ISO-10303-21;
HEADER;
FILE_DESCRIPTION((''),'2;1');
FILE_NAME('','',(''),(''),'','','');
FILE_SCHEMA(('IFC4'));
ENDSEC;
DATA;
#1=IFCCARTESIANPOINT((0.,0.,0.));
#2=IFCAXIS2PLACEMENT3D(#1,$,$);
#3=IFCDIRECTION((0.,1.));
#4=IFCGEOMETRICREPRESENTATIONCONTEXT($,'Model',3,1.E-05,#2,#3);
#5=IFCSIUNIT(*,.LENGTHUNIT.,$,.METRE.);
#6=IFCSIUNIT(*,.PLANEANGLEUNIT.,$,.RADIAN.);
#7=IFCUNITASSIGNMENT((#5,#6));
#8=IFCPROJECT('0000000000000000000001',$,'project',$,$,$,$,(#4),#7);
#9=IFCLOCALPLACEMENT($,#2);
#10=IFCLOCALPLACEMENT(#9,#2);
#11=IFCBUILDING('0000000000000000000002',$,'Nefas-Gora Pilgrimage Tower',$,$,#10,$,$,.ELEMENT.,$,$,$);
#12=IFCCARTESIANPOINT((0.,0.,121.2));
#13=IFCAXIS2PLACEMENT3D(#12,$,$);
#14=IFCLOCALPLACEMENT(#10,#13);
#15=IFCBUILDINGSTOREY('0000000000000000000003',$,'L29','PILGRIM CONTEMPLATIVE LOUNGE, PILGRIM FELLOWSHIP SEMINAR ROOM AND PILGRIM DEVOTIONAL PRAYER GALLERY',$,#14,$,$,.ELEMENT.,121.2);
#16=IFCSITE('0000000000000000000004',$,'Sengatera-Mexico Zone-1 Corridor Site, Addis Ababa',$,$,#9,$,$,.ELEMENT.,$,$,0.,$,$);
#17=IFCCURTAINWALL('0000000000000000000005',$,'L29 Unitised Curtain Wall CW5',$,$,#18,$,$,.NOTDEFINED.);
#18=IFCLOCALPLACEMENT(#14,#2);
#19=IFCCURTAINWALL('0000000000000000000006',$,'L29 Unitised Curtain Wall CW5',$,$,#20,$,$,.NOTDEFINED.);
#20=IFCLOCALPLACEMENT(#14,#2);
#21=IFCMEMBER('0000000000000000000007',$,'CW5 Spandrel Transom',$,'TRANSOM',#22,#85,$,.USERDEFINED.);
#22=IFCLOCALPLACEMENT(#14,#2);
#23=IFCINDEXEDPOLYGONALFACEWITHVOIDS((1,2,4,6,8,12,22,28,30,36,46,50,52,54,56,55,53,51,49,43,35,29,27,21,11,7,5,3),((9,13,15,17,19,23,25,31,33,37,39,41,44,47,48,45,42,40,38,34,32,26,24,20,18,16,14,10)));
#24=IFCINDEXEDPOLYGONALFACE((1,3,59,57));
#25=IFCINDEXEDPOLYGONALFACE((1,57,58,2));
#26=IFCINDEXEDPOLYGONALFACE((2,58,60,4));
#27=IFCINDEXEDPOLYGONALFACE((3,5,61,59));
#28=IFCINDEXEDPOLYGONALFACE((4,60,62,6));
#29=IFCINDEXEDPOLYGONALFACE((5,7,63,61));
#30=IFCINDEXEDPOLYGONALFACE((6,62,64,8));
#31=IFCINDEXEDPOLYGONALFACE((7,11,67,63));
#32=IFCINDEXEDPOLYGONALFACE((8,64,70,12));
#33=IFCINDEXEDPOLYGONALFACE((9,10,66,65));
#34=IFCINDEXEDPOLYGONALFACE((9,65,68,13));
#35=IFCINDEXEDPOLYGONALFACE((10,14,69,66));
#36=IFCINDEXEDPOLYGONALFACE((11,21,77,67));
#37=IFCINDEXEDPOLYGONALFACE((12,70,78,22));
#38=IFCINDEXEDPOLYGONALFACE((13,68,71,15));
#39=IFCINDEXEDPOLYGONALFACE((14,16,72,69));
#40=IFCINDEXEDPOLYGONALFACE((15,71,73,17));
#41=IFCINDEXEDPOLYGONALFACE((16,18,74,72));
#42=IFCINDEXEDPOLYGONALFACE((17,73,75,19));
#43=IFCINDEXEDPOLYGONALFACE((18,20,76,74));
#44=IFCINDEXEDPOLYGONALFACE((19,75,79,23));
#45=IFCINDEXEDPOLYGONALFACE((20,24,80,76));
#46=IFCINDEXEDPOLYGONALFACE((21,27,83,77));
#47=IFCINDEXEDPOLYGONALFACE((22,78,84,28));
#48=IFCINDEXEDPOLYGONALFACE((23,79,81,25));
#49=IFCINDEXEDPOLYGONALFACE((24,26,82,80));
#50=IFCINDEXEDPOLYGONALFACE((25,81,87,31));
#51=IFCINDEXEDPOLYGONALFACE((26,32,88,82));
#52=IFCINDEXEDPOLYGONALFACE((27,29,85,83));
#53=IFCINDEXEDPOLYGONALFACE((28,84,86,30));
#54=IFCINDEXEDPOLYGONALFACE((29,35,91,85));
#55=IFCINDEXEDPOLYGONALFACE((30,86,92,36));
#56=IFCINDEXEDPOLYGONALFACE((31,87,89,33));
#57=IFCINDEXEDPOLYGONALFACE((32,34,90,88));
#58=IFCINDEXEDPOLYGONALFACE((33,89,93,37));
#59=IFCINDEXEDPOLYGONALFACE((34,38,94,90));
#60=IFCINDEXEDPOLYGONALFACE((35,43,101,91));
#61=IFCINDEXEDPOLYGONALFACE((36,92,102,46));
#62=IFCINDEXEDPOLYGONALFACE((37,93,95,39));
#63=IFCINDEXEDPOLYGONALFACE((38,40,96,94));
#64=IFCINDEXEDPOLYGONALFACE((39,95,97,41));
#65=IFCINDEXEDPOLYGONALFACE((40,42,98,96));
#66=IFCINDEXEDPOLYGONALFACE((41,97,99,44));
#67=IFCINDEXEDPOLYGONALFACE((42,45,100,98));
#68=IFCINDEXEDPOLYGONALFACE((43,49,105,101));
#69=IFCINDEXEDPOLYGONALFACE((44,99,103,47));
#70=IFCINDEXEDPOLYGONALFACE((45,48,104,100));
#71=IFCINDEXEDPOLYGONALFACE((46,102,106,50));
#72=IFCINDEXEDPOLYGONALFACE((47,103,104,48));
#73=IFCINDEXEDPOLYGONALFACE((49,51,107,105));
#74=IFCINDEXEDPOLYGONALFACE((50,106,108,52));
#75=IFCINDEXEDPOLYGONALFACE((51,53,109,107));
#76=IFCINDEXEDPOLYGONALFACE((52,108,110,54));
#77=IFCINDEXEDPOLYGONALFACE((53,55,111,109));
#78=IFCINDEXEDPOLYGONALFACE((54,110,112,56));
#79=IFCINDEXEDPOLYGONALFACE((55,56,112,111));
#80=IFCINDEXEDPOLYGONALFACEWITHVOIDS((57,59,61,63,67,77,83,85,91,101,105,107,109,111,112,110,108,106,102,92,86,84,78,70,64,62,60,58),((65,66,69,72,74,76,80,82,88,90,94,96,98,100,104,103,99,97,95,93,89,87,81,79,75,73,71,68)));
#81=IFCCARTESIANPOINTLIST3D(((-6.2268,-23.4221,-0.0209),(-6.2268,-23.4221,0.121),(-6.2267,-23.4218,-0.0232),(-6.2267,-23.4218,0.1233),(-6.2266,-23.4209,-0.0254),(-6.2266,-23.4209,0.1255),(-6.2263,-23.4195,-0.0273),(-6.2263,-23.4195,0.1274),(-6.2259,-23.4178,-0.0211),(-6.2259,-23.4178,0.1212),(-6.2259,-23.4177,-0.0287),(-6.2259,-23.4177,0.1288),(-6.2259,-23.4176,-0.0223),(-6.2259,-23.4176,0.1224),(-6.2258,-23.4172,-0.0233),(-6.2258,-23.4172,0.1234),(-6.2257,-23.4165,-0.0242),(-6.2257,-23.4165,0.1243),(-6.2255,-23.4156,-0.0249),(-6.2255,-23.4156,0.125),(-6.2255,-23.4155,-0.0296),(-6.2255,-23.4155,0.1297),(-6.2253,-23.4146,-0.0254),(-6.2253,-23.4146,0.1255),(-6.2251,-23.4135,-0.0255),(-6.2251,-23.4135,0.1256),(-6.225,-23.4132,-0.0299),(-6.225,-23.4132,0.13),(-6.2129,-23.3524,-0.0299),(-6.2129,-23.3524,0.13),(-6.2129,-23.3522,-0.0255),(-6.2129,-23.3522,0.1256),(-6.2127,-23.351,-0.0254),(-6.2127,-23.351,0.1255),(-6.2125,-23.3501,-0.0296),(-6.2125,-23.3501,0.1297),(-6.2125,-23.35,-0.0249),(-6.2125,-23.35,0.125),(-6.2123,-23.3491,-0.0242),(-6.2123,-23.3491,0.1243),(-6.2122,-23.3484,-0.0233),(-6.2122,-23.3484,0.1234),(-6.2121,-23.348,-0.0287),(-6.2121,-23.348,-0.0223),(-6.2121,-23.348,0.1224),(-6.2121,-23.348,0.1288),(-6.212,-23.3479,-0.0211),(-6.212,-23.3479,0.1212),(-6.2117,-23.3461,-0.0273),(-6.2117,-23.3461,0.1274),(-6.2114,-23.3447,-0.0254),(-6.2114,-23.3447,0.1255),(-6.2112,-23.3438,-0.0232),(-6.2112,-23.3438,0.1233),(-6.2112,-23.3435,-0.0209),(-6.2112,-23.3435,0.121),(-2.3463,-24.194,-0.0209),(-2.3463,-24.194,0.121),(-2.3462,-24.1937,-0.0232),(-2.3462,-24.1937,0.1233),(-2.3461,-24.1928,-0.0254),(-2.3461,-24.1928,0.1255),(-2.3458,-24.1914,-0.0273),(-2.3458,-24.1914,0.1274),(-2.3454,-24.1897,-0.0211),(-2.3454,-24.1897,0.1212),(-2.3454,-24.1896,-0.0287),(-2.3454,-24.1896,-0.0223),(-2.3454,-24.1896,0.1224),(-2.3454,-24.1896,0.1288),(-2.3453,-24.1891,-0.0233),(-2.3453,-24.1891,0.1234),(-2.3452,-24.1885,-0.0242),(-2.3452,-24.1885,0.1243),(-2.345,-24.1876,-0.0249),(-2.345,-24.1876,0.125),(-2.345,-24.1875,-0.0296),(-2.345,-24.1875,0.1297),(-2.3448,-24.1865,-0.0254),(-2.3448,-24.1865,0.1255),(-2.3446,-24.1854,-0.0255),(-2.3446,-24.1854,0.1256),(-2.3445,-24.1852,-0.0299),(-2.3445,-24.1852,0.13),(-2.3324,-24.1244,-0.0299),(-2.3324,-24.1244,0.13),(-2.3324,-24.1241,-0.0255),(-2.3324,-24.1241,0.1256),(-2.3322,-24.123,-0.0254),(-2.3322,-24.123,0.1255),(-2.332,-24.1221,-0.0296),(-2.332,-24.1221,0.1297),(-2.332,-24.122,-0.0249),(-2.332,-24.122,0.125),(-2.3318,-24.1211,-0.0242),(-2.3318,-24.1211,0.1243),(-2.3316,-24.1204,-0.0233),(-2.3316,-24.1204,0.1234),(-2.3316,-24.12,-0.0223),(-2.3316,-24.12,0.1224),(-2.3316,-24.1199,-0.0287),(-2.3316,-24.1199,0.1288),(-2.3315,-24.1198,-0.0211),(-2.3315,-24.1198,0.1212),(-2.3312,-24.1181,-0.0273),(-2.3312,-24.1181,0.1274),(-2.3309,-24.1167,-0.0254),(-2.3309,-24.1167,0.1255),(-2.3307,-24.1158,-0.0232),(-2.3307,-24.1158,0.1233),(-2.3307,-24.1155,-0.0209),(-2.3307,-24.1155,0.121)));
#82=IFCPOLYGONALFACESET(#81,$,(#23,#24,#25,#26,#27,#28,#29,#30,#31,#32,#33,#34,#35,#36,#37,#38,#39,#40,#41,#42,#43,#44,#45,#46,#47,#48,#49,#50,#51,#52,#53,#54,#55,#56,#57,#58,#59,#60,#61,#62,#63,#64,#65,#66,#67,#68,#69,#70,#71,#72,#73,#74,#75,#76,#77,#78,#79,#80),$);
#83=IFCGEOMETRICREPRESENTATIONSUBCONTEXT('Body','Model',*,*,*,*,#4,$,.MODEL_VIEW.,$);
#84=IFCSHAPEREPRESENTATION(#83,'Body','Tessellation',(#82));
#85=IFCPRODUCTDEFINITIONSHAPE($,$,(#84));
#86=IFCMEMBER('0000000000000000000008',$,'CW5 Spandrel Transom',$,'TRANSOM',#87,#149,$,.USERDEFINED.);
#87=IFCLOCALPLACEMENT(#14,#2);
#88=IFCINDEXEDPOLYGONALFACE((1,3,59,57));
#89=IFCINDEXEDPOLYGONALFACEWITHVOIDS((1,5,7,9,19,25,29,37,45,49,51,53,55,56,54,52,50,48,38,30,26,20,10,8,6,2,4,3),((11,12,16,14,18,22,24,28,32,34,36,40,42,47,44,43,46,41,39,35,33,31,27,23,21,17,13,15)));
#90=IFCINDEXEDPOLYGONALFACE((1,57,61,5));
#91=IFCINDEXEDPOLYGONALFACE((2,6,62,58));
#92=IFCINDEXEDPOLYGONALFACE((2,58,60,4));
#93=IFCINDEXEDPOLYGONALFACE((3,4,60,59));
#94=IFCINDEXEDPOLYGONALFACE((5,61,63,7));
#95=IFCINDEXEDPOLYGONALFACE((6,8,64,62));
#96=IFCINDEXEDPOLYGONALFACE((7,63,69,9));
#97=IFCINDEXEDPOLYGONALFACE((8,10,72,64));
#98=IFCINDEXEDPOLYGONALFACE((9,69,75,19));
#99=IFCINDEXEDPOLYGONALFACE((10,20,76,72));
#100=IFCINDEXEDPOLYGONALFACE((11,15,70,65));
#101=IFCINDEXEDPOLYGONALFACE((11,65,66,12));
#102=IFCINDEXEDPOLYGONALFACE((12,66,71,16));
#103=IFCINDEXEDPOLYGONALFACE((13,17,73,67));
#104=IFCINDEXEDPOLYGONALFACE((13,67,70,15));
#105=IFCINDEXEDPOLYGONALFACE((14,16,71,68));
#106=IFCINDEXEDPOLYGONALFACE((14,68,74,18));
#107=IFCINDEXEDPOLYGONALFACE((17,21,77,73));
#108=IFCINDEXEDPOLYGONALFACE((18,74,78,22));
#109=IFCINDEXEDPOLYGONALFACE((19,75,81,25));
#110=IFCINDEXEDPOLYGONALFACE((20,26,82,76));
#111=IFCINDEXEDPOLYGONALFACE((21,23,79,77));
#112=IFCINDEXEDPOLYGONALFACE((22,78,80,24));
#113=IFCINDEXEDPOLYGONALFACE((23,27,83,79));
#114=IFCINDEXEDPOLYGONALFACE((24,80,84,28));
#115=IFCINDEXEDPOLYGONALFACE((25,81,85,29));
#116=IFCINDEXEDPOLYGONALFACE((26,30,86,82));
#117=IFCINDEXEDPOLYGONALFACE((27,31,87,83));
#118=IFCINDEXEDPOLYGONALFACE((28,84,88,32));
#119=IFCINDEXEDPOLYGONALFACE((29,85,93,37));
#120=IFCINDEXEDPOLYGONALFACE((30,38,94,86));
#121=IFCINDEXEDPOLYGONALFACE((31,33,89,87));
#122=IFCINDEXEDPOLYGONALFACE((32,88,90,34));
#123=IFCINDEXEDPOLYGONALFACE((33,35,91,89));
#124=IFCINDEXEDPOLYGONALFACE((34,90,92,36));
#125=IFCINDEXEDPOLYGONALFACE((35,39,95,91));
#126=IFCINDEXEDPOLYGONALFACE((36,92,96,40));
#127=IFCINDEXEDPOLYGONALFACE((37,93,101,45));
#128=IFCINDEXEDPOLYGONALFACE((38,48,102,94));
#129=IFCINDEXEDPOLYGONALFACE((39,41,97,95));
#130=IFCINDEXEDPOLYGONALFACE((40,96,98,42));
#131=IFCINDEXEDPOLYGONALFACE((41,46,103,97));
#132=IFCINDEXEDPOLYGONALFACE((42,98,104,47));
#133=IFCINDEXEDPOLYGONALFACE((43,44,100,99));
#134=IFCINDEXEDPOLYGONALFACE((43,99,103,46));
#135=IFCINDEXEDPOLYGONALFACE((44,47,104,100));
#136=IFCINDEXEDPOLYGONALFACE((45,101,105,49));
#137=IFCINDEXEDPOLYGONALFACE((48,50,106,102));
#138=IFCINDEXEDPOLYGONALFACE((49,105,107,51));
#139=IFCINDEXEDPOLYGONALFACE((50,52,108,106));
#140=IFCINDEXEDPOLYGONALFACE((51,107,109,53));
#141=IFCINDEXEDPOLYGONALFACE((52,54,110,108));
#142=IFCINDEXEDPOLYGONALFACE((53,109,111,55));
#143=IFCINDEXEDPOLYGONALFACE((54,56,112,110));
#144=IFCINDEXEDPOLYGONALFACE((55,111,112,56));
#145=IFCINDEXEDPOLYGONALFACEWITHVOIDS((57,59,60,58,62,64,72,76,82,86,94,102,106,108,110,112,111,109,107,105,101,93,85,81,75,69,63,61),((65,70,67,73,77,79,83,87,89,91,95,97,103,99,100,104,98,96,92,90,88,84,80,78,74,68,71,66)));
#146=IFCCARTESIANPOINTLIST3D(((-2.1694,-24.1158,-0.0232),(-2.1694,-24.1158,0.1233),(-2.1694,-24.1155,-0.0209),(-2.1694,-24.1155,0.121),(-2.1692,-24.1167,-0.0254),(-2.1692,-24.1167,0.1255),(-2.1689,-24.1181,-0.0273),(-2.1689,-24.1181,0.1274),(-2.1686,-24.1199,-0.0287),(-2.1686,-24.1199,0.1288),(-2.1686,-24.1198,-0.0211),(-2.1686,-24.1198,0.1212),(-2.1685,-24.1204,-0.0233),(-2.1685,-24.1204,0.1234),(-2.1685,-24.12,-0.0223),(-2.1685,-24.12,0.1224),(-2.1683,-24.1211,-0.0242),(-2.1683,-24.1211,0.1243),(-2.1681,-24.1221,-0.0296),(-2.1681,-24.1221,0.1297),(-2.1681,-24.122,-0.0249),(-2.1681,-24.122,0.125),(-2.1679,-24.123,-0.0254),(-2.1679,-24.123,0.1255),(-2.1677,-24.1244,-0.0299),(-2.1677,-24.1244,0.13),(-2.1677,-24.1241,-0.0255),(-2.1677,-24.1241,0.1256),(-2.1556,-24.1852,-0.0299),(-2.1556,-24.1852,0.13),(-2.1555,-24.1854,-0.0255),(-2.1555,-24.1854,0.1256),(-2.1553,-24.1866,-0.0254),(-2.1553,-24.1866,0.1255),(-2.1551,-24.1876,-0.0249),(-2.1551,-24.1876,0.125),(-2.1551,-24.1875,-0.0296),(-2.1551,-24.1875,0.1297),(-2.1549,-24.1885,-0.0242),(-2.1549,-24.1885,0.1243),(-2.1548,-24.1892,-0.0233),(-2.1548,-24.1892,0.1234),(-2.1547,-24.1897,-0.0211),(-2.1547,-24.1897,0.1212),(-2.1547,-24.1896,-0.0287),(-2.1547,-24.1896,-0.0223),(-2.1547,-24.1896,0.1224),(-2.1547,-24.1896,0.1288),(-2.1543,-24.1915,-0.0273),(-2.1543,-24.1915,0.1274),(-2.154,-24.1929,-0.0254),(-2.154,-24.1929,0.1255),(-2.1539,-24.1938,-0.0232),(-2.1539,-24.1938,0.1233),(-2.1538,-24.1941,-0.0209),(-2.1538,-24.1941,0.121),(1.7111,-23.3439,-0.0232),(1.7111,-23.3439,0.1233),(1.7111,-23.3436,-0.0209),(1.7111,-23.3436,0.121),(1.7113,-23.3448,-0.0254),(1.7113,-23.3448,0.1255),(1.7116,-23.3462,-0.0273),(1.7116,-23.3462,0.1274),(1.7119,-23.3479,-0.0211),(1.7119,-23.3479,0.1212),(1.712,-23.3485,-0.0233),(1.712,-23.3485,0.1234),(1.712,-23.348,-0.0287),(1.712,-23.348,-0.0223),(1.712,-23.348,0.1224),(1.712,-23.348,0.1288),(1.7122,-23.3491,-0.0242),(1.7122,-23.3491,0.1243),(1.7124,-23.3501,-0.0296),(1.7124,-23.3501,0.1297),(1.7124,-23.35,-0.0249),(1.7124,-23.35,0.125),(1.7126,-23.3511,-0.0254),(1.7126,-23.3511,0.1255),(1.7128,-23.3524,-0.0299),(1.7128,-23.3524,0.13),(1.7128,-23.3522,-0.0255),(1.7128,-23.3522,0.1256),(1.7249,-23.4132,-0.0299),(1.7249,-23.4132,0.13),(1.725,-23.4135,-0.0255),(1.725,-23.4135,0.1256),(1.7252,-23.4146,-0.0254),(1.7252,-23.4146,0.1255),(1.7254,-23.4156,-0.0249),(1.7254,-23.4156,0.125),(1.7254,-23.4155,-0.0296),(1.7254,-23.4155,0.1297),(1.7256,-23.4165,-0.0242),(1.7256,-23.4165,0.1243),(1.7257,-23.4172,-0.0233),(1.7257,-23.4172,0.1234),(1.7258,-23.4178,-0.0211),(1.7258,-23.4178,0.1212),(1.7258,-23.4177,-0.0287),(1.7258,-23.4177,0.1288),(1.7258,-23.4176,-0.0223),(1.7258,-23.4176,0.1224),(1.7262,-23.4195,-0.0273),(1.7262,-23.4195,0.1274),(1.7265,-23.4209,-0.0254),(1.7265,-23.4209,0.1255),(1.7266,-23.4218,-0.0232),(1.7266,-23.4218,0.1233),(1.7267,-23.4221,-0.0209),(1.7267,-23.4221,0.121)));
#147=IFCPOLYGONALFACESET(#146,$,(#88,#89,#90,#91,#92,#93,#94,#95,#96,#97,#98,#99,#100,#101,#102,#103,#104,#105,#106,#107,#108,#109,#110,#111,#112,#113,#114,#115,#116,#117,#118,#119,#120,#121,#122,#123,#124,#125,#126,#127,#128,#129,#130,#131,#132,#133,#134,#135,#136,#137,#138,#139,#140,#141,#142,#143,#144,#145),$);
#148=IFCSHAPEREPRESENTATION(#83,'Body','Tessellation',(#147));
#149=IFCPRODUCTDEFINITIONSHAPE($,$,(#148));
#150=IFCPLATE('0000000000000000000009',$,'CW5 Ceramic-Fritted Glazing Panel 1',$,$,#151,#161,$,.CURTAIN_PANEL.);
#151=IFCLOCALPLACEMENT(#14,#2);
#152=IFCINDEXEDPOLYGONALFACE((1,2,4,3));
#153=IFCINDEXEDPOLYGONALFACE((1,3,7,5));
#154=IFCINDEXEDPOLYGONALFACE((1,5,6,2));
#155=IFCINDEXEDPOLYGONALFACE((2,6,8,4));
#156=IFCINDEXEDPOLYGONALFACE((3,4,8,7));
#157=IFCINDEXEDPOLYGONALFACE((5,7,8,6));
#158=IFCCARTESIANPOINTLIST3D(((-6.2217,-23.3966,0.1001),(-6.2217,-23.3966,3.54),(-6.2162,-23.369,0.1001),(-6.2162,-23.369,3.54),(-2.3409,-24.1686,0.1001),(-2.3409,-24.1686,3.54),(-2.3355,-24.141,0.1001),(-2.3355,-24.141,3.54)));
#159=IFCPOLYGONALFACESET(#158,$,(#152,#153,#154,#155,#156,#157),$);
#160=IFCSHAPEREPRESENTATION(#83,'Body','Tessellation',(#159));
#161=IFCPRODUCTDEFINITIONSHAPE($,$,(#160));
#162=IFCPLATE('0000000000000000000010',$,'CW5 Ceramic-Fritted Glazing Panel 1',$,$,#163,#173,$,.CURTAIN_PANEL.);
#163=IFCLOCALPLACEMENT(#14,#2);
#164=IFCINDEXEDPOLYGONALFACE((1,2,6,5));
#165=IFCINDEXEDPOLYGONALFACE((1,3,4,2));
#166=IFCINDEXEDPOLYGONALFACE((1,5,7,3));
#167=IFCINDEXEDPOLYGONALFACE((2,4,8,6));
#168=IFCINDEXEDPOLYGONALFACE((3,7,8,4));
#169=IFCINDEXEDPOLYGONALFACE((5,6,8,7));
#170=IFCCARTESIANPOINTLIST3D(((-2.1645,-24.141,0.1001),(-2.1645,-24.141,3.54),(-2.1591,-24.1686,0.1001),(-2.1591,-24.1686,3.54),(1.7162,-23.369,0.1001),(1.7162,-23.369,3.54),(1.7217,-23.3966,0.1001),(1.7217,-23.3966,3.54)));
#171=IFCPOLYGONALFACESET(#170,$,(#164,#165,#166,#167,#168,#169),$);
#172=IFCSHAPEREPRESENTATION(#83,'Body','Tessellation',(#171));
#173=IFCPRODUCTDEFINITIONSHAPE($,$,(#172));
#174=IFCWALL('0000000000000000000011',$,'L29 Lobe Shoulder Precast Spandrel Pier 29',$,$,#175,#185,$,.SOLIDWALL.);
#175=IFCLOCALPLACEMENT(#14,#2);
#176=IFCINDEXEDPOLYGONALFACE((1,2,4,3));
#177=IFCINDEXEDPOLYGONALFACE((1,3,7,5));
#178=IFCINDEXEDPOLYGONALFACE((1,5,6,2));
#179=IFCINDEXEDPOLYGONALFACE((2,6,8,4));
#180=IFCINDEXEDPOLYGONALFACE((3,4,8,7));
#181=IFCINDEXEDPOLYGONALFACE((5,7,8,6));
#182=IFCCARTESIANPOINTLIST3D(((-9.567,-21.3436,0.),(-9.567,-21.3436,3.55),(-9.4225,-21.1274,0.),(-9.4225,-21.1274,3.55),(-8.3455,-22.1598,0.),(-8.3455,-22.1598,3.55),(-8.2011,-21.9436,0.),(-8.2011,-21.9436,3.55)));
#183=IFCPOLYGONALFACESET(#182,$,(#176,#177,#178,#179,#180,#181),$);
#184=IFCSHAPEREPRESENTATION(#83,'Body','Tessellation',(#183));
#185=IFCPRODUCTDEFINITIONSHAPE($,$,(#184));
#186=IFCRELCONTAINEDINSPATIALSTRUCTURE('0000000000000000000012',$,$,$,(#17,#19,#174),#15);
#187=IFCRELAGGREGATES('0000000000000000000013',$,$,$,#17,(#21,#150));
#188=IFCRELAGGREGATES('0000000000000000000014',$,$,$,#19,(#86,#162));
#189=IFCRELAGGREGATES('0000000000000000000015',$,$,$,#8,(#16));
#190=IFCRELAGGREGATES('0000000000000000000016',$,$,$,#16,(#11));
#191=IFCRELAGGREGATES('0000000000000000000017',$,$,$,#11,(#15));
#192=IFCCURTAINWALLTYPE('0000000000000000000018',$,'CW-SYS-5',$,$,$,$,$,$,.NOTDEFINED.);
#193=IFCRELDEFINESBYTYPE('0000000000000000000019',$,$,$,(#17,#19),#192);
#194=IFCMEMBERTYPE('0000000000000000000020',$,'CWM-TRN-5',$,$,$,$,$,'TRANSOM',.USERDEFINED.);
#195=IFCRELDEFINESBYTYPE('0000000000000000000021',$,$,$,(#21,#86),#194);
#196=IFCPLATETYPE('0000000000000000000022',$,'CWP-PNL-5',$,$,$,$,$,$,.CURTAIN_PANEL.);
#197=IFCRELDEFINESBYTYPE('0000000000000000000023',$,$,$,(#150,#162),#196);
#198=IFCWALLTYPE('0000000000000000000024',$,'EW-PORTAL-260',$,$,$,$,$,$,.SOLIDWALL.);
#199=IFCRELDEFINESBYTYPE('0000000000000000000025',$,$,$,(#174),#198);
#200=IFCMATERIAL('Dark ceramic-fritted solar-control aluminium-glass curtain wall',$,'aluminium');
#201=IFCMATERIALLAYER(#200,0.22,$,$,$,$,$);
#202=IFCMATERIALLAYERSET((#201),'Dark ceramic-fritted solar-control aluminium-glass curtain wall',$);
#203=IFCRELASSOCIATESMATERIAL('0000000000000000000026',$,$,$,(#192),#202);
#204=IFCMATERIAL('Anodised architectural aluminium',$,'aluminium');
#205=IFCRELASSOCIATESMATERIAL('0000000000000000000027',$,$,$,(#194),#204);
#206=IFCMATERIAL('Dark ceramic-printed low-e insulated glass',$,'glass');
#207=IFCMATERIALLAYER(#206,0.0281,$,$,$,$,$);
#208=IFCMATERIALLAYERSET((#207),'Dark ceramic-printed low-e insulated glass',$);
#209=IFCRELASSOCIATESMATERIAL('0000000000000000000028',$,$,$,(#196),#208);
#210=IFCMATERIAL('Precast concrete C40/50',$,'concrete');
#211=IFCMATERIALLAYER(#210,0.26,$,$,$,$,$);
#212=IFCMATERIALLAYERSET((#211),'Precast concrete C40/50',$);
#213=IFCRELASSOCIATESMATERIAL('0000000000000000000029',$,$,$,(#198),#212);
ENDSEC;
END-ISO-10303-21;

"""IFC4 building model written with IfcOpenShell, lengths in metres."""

from ifc_helpers import new_model, si_unit, direction, frame, frame_2d, origin, origin_2d, place, context, subcontext, project, spatial, rectangle, hollow_rectangle, extrude, source, transform, mapped, material, layer, layer_set, material_profile, profile_set, type_object, element, aggregate, save


model = new_model("IFC4")

# Units and contexts
model_context = context("Model", 3, precision=1e-05, world=origin(), true_north=direction((0.0, 1.0)))
body_context = subcontext(model_context, "Body", "Model", "MODEL_VIEW")
ifc_project = project(units=[si_unit("LENGTHUNIT", "METRE"), si_unit("PLANEANGLEUNIT", "RADIAN")], contexts=[model_context])

# Site, building, storey
site_placement = place(None, origin())
site = spatial("IfcSite", under=ifc_project, at=site_placement, Name="Sengatera-Mexico Zone-1 Corridor Site, Addis Ababa", CompositionType="ELEMENT", RefElevation=0.0)
building_placement = place(site_placement, origin())
building = spatial("IfcBuilding", under=site, at=building_placement, Name="Nefas-Gora Pilgrimage Tower", CompositionType="ELEMENT")
storey_placement = place(building_placement, frame((0.0, 0.0, 121.2)))
storey = spatial("IfcBuildingStorey", under=building, at=storey_placement, Name="L29", Description="PILGRIM CONTEMPLATIVE LOUNGE, PILGRIM FELLOWSHIP SEMINAR ROOM AND PILGRIM DEVOTIONAL PRAYER GALLERY", CompositionType="ELEMENT", Elevation=121.2)

# Shared definitions
ifc_material_1 = material(Name="Dark ceramic-fritted solar-control aluminium-glass curtain wall", Category="aluminium")
ifc_layer_1 = layer(ifc_material_1, 0.22)
ifc_layer_set_1 = layer_set([ifc_layer_1], Name="Dark ceramic-fritted solar-control aluminium-glass curtain wall")
curtain_wall_type = type_object("IfcCurtainWallType", Name="CW-SYS-5", PredefinedType="NOTDEFINED", material=ifc_layer_set_1)
ifc_material_2 = material(Name="Anodised architectural aluminium", Category="aluminium")

# Curtain wall
curtain_wall_1_placement = place(storey_placement, origin())
curtain_wall_1 = element("IfcCurtainWall", 1, at=curtain_wall_1_placement, inside=storey, type_object=curtain_wall_type, Name="L29 Unitised Curtain Wall CW5", PredefinedType="NOTDEFINED")

# Curtain wall
curtain_wall_2_placement = place(storey_placement, origin())
curtain_wall_2 = element("IfcCurtainWall", 2, at=curtain_wall_2_placement, inside=storey, type_object=curtain_wall_type, Name="L29 Unitised Curtain Wall CW5", PredefinedType="NOTDEFINED")

# Members
ifc_material_profile_1 = material_profile(ifc_material_2, hollow_rectangle(XDim=0.0801, YDim=0.1599, WallThickness=0.0044, InnerFilletRadius=0.0044, OuterFilletRadius=0.009, at=origin_2d()), Name="ALU TRANSOM 80x160")
ifc_profile_set_1 = profile_set([ifc_material_profile_1], Name="Anodised architectural aluminium")
member_type_1 = type_object("IfcMemberType", Name="CWM-TRN-5", ElementType="TRANSOM", PredefinedType="USERDEFINED", material=ifc_profile_set_1)
shared_shape_1 = source(origin(), body_context, "Body", "SweptSolid", [
    extrude(hollow_rectangle(XDim=0.0801, YDim=0.1599, WallThickness=0.0044, InnerFilletRadius=0.0044, OuterFilletRadius=0.009, at=origin_2d()), origin(), (0.0, 0.0, 1.0), 3.9565),
])
member_1_placement = place(storey_placement, frame((-6.219, -23.3828, 0.05), z_axis=(0.980782, -0.195107, 0.0), x_axis=(0.195107, 0.980782, 0.0)))
member_1 = element("IfcMember", 3, at=member_1_placement, type_object=member_type_1, Name="CW5 Spandrel Transom", ObjectType="TRANSOM", PredefinedType="USERDEFINED", context=body_context, shape_type="MappedRepresentation", body=[
    mapped(shared_shape_1, transform((0.0, 0.0, 0.0), x_axis=(1.0, 0.0, 0.0), y_axis=(0.0, 1.0, 0.0), z_axis=(0.0, 0.0, 1.0), scale=1.0)),
])
member_2_placement = place(storey_placement, frame((-2.1616, -24.1548, 0.05), z_axis=(0.980782, 0.195107, 0.0), x_axis=(-0.195107, 0.980782, 0.0)))
member_2 = element("IfcMember", 4, at=member_2_placement, type_object=member_type_1, Name="CW5 Spandrel Transom", ObjectType="TRANSOM", PredefinedType="USERDEFINED", context=body_context, shape_type="MappedRepresentation", body=[
    mapped(shared_shape_1, transform((0.0, 0.0, 0.0), x_axis=(1.0, 0.0, 0.0), y_axis=(0.0, 1.0, 0.0), z_axis=(0.0, 0.0, 1.0), scale=1.0)),
])

# Plates
ifc_material_3 = material(Name="Dark ceramic-printed low-e insulated glass", Category="glass")
ifc_layer_2 = layer(ifc_material_3, 0.0281)
ifc_layer_set_2 = layer_set([ifc_layer_2], Name="Dark ceramic-printed low-e insulated glass")
plate_type = type_object("IfcPlateType", Name="CWP-PNL-5", PredefinedType="CURTAIN_PANEL", material=ifc_layer_set_2)
shared_shape_2 = source(origin(), body_context, "Body", "SweptSolid", [
    extrude(rectangle(XDim=3.9568, YDim=0.0281, at=origin_2d()), origin(), (0.0, 0.0, 1.0), 3.4399),
])
plate_1_placement = place(storey_placement, frame((-4.2786, -23.7688, 0.1001), z_axis=(0.0, 0.0, 1.0), x_axis=(0.980783, -0.195102, 0.0)))
plate_1 = element("IfcPlate", 5, at=plate_1_placement, type_object=plate_type, Name="CW5 Ceramic-Fritted Glazing Panel 1", PredefinedType="CURTAIN_PANEL", context=body_context, shape_type="MappedRepresentation", body=[
    mapped(shared_shape_2, transform((0.0, 0.0, 0.0), x_axis=(1.0, 0.0, 0.0), y_axis=(0.0, 1.0, 0.0), z_axis=(0.0, 0.0, 1.0), scale=1.0)),
])
aggregate(curtain_wall_1, [member_1, plate_1])
plate_2_placement = place(storey_placement, frame((-0.2214, -23.7688, 0.1001), z_axis=(0.0, 0.0, 1.0), x_axis=(0.980783, 0.195102, 0.0)))
plate_2 = element("IfcPlate", 6, at=plate_2_placement, type_object=plate_type, Name="CW5 Ceramic-Fritted Glazing Panel 1", PredefinedType="CURTAIN_PANEL", context=body_context, shape_type="MappedRepresentation", body=[
    mapped(shared_shape_2, transform((0.0, 0.0, 0.0), x_axis=(1.0, 0.0, 0.0), y_axis=(0.0, 1.0, 0.0), z_axis=(0.0, 0.0, 1.0), scale=1.0)),
])
aggregate(curtain_wall_2, [member_2, plate_2])

# Wall
ifc_material_4 = material(Name="Precast concrete C40/50", Category="concrete")
ifc_layer_3 = layer(ifc_material_4, 0.26)
ifc_layer_set_3 = layer_set([ifc_layer_3], Name="Precast concrete C40/50")
wall_type_1 = type_object("IfcWallType", Name="EW-PORTAL-260", PredefinedType="SOLIDWALL", material=ifc_layer_set_3)
shared_shape_3 = source(origin(), body_context, "Body", "SweptSolid", [
    extrude(rectangle(XDim=1.469, YDim=0.26, at=frame_2d((0.7344, 0.0))), origin(), (0.0, 0.0, 1.0), 3.55),
])
wall_1_placement = place(storey_placement, frame((-9.4946, -21.2356, 0.0), z_axis=(0.0, 0.0, 1.0), x_axis=(0.831462, -0.555582, 0.0)))
element("IfcWall", 7, at=wall_1_placement, inside=storey, type_object=wall_type_1, Name="L29 Lobe Shoulder Precast Spandrel Pier 29", PredefinedType="SOLIDWALL", context=body_context, shape_type="MappedRepresentation", body=[
    mapped(shared_shape_3, transform((0.0, 0.0, 0.0), x_axis=(1.0, 0.0, 0.0), y_axis=(0.0, 1.0, 0.0), z_axis=(0.0, 0.0, 1.0), scale=1.0)),
])

save(model, "model.ifc")
